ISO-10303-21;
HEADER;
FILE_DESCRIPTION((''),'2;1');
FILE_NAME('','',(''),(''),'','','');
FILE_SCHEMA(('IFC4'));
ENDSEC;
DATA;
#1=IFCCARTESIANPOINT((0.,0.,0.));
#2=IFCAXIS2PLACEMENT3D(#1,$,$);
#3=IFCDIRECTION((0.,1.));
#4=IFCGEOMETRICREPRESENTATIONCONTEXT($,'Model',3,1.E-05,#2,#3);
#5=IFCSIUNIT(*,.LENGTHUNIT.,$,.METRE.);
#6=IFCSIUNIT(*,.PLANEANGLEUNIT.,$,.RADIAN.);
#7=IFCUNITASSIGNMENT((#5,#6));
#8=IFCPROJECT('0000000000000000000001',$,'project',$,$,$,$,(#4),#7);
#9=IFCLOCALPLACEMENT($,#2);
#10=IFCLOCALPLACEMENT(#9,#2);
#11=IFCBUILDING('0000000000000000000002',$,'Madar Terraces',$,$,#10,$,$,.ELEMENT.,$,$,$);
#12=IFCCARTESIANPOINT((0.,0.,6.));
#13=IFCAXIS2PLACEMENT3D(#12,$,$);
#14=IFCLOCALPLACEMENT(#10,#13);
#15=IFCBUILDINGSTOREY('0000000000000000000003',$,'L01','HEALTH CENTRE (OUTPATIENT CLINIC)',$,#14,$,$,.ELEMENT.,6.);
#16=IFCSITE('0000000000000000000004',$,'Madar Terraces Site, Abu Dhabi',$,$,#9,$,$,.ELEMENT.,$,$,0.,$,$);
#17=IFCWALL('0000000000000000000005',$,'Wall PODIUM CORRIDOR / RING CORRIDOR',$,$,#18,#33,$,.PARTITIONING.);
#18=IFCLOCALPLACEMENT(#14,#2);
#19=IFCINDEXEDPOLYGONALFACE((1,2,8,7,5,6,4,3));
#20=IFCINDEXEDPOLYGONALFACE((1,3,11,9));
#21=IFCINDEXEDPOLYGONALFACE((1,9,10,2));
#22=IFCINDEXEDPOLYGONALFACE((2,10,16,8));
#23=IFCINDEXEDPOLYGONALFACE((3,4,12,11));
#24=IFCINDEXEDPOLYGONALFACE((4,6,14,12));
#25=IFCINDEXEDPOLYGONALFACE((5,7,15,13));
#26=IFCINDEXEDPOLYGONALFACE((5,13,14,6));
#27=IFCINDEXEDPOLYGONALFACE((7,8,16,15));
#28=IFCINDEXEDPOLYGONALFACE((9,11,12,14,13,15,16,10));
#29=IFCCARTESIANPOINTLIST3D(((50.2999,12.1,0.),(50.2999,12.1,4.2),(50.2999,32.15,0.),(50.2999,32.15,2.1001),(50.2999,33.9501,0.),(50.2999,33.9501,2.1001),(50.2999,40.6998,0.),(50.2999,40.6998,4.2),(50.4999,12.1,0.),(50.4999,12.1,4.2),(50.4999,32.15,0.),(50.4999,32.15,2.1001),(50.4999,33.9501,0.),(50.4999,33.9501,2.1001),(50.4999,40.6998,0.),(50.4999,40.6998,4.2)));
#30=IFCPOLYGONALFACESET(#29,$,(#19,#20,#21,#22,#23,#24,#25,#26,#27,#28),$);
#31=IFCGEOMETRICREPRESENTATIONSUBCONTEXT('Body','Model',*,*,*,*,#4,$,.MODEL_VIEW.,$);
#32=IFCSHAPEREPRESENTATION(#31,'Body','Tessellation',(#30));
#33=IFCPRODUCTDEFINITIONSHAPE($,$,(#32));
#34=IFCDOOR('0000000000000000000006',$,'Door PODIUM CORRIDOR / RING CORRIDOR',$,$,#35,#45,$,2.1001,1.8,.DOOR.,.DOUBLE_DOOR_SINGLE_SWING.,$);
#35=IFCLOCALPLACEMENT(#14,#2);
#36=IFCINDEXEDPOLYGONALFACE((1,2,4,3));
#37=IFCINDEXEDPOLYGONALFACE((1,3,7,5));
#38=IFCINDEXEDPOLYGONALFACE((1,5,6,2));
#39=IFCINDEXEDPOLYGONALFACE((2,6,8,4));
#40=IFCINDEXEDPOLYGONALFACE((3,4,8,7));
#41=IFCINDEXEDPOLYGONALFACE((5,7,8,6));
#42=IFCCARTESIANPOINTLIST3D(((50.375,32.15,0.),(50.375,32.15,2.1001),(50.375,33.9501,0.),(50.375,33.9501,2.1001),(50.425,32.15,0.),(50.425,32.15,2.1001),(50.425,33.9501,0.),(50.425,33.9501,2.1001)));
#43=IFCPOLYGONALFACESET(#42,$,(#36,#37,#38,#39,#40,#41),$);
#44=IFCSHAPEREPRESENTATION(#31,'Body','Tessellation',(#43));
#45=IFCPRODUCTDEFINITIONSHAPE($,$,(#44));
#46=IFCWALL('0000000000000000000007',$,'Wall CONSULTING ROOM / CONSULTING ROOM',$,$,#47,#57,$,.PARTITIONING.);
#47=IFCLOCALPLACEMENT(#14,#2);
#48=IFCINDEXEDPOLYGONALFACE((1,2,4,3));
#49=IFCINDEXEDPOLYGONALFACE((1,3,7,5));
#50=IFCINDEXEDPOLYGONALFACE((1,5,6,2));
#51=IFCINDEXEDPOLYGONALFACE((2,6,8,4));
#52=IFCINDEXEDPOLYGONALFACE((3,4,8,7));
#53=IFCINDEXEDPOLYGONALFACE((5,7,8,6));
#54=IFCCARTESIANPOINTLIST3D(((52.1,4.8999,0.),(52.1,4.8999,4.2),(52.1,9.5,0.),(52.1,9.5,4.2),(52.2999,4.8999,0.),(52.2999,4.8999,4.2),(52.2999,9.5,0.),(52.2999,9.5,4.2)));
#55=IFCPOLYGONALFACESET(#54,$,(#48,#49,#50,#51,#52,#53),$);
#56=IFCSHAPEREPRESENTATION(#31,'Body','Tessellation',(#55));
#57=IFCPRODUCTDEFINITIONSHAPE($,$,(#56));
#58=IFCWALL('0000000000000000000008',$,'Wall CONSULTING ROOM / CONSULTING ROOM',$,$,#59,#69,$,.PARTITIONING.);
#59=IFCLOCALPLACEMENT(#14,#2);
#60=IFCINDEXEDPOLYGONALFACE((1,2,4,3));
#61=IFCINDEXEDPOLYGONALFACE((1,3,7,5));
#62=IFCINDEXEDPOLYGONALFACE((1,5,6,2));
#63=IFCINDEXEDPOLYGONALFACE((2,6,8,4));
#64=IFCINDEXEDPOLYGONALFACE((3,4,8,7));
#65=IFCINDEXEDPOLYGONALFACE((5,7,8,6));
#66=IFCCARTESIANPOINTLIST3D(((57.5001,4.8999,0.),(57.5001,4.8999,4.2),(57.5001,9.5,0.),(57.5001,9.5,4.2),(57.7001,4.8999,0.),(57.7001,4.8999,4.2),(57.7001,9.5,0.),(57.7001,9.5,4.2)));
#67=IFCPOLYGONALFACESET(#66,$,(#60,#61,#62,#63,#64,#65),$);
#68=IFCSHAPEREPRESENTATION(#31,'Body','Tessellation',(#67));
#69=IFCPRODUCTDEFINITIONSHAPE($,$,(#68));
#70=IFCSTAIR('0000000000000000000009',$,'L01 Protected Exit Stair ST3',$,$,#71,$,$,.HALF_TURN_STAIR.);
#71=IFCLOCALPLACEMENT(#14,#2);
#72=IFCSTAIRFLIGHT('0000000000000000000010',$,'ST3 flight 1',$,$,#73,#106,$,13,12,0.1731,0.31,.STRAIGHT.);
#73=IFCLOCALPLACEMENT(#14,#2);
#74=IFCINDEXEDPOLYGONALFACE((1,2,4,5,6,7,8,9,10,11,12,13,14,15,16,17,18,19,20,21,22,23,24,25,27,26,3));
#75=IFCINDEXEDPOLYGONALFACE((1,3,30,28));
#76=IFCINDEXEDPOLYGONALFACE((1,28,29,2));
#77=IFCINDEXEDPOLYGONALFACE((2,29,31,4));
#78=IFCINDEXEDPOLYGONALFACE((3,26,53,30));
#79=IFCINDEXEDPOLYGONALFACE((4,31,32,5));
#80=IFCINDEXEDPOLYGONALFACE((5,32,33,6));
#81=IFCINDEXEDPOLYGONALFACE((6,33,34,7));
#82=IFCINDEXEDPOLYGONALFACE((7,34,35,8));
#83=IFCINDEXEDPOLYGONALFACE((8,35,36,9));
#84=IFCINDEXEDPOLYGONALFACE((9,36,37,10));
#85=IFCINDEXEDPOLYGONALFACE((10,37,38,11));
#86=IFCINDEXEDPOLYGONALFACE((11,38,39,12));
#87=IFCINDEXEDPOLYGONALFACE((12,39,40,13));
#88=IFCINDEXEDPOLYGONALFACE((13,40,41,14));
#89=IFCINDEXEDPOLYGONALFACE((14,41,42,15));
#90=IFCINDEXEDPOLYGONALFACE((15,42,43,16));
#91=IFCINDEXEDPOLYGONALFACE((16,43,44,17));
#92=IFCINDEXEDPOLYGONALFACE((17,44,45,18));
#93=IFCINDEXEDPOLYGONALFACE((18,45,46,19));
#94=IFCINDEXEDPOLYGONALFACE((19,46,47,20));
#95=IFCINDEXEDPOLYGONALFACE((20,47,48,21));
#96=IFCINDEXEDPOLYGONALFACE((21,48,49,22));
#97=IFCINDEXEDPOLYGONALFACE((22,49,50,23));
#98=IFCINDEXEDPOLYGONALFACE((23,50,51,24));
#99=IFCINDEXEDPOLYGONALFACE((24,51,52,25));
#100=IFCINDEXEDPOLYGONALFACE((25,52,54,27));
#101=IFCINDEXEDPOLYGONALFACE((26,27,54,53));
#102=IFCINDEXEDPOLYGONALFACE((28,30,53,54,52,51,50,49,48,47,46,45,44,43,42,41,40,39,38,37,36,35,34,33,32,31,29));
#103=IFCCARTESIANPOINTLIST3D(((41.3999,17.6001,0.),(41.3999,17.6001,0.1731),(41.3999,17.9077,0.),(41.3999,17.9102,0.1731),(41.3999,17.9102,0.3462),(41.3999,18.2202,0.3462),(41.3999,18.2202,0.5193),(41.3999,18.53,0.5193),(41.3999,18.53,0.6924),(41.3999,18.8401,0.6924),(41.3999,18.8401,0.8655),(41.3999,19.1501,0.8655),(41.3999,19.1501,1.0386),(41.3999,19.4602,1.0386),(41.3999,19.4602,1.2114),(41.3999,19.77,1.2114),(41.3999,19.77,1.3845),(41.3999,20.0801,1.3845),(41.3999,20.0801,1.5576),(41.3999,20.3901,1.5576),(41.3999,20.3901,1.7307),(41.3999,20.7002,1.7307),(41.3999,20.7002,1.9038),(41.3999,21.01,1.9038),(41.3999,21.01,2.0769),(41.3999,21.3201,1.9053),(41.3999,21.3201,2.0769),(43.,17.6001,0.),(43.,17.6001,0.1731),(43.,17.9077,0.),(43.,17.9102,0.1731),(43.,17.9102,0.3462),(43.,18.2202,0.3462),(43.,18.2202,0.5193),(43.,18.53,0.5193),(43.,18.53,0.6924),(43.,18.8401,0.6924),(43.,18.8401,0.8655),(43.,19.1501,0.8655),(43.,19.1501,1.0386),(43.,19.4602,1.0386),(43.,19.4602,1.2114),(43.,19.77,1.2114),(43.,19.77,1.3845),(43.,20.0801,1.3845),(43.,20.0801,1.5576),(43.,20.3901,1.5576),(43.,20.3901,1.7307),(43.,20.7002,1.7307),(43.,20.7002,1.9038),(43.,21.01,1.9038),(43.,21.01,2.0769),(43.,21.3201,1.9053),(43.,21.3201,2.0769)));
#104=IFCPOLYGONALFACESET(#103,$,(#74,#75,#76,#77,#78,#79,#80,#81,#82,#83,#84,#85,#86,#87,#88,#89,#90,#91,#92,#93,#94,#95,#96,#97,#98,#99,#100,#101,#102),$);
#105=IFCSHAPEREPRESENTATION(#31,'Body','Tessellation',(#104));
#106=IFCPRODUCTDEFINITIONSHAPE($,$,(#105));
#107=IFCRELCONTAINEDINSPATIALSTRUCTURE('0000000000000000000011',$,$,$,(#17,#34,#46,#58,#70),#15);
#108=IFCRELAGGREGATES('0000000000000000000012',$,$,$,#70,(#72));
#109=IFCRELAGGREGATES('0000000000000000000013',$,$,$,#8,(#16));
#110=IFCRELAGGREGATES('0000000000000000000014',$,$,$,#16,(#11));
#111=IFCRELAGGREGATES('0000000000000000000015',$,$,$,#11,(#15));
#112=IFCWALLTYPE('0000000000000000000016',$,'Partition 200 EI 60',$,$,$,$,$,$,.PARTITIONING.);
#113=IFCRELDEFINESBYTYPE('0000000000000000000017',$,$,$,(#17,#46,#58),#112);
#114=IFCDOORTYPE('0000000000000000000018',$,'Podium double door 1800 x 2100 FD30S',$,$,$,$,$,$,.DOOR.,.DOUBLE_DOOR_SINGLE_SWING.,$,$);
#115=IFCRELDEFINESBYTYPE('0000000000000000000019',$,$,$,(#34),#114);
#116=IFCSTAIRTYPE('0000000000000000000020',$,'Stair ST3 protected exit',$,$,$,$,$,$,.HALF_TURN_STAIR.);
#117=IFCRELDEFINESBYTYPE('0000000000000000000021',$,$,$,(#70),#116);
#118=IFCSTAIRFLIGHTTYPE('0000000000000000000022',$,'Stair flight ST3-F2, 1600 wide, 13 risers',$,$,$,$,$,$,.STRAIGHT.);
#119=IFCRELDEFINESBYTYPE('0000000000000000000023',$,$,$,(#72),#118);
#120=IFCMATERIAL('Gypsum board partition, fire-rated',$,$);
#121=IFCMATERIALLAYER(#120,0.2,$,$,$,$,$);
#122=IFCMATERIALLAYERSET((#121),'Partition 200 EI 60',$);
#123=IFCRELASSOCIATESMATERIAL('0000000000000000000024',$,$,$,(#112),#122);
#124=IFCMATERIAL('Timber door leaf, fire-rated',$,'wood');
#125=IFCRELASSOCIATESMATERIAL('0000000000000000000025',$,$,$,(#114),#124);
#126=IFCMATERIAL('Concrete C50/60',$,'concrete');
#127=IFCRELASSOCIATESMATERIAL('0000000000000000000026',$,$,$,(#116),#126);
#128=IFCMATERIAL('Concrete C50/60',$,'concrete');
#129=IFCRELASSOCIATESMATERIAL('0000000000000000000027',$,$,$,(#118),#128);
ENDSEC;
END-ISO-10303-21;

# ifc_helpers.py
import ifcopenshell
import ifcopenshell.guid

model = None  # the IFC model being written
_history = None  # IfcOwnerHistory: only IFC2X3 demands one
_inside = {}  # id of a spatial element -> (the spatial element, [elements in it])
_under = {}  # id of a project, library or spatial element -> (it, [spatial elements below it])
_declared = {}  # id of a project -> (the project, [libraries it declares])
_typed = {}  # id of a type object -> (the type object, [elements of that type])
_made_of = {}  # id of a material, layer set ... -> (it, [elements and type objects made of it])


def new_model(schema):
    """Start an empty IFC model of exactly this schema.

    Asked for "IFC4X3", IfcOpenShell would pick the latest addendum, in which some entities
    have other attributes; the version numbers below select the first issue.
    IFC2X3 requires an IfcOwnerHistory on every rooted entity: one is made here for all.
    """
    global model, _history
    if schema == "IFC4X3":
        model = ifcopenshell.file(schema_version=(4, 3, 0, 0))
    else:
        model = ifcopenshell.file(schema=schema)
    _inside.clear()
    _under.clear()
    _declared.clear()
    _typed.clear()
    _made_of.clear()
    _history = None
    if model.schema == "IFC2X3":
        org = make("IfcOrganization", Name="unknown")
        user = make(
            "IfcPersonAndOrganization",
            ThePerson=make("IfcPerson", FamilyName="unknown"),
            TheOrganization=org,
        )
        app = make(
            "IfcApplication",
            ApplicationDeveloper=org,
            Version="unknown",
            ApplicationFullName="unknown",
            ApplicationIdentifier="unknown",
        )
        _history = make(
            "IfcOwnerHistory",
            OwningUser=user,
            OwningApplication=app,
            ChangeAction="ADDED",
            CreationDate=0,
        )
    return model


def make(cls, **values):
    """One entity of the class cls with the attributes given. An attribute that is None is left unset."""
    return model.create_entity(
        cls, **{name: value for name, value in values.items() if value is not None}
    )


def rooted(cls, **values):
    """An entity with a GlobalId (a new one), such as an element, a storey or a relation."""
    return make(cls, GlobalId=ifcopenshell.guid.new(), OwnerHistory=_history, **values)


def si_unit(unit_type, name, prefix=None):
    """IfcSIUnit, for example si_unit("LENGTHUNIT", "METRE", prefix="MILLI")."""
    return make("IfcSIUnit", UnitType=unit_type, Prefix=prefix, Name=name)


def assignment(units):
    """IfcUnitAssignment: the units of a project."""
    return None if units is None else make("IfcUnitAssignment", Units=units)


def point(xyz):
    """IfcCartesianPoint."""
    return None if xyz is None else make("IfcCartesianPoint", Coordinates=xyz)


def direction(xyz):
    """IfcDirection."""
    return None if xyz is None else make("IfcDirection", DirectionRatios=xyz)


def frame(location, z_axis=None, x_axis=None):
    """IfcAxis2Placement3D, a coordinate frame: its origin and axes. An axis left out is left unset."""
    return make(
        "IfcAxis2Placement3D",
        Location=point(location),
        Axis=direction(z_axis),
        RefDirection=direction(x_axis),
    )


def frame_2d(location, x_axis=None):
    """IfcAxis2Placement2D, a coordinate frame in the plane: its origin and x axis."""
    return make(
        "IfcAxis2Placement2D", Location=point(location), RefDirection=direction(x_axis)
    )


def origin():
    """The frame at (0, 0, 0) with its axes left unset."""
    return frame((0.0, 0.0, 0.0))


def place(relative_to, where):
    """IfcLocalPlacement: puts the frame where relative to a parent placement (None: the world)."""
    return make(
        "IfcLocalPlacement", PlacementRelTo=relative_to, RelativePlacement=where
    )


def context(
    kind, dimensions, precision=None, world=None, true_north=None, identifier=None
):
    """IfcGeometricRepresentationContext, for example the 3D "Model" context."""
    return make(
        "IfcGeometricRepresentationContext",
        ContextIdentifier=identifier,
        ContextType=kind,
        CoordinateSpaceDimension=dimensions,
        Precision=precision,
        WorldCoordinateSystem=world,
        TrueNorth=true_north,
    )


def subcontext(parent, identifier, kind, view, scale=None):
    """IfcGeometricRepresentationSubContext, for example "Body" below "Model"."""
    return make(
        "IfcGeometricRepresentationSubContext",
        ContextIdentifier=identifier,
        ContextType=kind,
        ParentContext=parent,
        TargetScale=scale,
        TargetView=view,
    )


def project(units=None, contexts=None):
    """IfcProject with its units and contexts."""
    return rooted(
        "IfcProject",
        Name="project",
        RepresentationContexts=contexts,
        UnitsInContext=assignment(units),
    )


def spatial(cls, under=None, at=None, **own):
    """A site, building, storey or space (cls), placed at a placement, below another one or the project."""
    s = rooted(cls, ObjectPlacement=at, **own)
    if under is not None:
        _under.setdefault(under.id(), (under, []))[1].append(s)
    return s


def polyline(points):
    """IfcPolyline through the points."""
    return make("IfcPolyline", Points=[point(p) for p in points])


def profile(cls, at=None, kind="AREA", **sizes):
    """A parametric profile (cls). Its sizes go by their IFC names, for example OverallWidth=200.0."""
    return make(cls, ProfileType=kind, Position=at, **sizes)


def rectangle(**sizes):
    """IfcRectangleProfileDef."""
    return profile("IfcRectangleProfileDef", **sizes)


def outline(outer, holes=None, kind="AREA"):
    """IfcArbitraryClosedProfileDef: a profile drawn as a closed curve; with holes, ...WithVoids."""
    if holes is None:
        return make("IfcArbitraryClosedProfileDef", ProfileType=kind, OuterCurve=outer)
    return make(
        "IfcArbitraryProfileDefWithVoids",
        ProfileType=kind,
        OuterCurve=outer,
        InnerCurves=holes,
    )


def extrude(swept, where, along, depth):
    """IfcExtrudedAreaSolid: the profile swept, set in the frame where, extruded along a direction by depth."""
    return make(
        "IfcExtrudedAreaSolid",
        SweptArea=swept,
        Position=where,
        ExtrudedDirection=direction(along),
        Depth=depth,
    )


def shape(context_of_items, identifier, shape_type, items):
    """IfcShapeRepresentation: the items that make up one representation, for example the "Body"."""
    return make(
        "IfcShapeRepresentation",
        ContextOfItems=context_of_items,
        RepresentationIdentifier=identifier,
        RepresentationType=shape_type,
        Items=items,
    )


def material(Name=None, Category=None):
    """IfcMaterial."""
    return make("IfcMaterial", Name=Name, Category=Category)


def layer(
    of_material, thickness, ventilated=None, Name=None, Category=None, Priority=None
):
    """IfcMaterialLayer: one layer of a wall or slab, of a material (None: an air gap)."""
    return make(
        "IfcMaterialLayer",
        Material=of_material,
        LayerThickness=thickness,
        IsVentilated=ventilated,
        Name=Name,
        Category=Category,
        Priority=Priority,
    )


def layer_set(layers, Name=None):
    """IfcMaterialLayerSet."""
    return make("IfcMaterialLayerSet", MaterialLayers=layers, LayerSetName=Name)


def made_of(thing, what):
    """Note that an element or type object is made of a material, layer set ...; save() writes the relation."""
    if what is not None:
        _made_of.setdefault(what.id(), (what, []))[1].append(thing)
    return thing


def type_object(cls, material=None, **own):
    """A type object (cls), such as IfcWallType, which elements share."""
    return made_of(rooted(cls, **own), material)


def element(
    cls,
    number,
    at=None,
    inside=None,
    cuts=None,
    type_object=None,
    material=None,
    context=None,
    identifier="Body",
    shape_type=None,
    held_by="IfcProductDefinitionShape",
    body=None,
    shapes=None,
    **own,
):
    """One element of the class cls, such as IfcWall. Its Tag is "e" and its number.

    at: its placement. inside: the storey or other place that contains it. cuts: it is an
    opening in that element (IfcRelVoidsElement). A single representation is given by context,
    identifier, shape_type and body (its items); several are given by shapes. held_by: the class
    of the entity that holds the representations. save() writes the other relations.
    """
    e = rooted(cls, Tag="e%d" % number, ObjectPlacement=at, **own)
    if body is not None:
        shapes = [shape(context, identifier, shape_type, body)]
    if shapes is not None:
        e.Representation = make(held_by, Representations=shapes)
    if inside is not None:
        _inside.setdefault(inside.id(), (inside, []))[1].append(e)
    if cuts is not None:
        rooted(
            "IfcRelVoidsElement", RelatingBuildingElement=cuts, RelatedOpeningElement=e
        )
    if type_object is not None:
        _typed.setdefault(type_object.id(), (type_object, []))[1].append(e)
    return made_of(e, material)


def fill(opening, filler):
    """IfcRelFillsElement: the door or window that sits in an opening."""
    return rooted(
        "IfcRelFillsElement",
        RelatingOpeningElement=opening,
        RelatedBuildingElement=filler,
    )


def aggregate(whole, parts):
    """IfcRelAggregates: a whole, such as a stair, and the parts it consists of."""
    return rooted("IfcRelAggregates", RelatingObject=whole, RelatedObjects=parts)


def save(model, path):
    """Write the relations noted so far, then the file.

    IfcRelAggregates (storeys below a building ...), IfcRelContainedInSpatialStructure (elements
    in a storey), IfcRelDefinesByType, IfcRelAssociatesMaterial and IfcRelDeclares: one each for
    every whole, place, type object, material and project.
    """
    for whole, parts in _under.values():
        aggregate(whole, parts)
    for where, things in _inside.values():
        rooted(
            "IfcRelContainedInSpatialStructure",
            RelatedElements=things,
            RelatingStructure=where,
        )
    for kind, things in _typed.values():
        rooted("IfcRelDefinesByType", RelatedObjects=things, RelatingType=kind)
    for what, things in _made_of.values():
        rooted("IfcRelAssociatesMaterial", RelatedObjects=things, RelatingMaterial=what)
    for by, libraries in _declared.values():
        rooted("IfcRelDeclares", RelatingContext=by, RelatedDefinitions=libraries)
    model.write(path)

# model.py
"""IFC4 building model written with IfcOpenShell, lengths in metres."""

from ifc_helpers import new_model, si_unit, direction, frame, frame_2d, origin, place, context, subcontext, project, spatial, polyline, rectangle, outline, extrude, material, layer, layer_set, type_object, element, fill, aggregate, save


model = new_model("IFC4")

# Units and contexts
model_context = context("Model", 3, precision=1e-05, world=origin(), true_north=direction((0.0, 1.0)))
body_context = subcontext(model_context, "Body", "Model", "MODEL_VIEW")
ifc_project = project(units=[si_unit("LENGTHUNIT", "METRE"), si_unit("PLANEANGLEUNIT", "RADIAN")], contexts=[model_context])

# Site, building, storey
site_placement = place(None, origin())
site = spatial("IfcSite", under=ifc_project, at=site_placement, Name="Madar Terraces Site, Abu Dhabi", CompositionType="ELEMENT", RefElevation=0.0)
building_placement = place(site_placement, origin())
building = spatial("IfcBuilding", under=site, at=building_placement, Name="Madar Terraces", CompositionType="ELEMENT")
storey_placement = place(building_placement, frame((0.0, 0.0, 6.0)))
storey = spatial("IfcBuildingStorey", under=building, at=storey_placement, Name="L01", Description="HEALTH CENTRE (OUTPATIENT CLINIC)", CompositionType="ELEMENT", Elevation=6.0)

# Shared definitions
ifc_material_1 = material(Name="Gypsum board partition, fire-rated")
ifc_layer_1 = layer(ifc_material_1, 0.2)
ifc_layer_set_1 = layer_set([ifc_layer_1], Name="Partition 200 EI 60")
wall_type_1 = type_object("IfcWallType", Name="Partition 200 EI 60", PredefinedType="PARTITIONING", material=ifc_layer_set_1)

# Wall, opening, door
wall_1_placement = place(storey_placement, frame((50.3999, 12.1001, 0.0), z_axis=(0.0, 0.0, 1.0), x_axis=(0.0, 1.0, 0.0)))
wall_1 = element("IfcWall", 1, at=wall_1_placement, inside=storey, type_object=wall_type_1, Name="Wall PODIUM CORRIDOR / RING CORRIDOR", PredefinedType="PARTITIONING", context=body_context, shape_type="SweptSolid", body=[
    extrude(rectangle(XDim=28.5999, YDim=0.2, at=frame_2d((14.2998, 0.0))), origin(), (0.0, 0.0, 1.0), 4.2),
])
opening_1_placement = place(wall_1_placement, frame((20.05, 0.0, 0.0)))
opening_1 = element("IfcOpeningElement", 2, at=opening_1_placement, cuts=wall_1, PredefinedType="OPENING", context=body_context, shape_type="SweptSolid", body=[
    extrude(rectangle(XDim=1.8, YDim=2.1001, at=frame_2d((0.8999, 1.05))), frame((0.0, 0.1099, 0.0), z_axis=(0.0, -1.0, 0.0), x_axis=(1.0, 0.0, 0.0)), (0.0, 0.0, 1.0), 0.22),
])
ifc_material_2 = material(Name="Timber door leaf, fire-rated", Category="wood")
door_type_1 = type_object("IfcDoorType", Name="Podium double door 1800 x 2100 FD30S", OperationType="DOUBLE_DOOR_SINGLE_SWING", PredefinedType="DOOR", material=ifc_material_2)
door_1_placement = place(opening_1_placement, origin())
door_1 = element("IfcDoor", 3, at=door_1_placement, inside=storey, type_object=door_type_1, Name="Door PODIUM CORRIDOR / RING CORRIDOR", OperationType="DOUBLE_DOOR_SINGLE_SWING", OverallHeight=2.1001, OverallWidth=1.8, PredefinedType="DOOR", context=body_context, shape_type="SweptSolid", body=[
    extrude(rectangle(XDim=1.8, YDim=2.1001, at=frame_2d((0.8999, 1.05))), frame((0.0, 0.0249, 0.0), z_axis=(0.0, -1.0, 0.0), x_axis=(1.0, 0.0, 0.0)), (0.0, 0.0, 1.0), 0.05),
])
fill(opening_1, door_1)

# Walls
for number, where, z_axis, x_axis, name in (
    (4, (52.2, 4.8999, 0.0), (0.0, 0.0, 1.0), (0.0, 1.0, 0.0), "Wall CONSULTING ROOM / CONSULTING ROOM"),
    (5, (57.6001, 4.8999, 0.0), (0.0, 0.0, 1.0), (0.0, 1.0, 0.0), "Wall CONSULTING ROOM / CONSULTING ROOM"),
):
    element("IfcWall", number, at=place(storey_placement, frame(where, z_axis=z_axis, x_axis=x_axis)), inside=storey, type_object=wall_type_1, Name=name, PredefinedType="PARTITIONING", context=body_context, shape_type="SweptSolid", body=[
        extrude(rectangle(XDim=4.6001, YDim=0.2, at=frame_2d((2.3, 0.0))), origin(), (0.0, 0.0, 1.0), 4.2),
    ])

# Stair, stair flight
ifc_material_3 = material(Name="Concrete C50/60", Category="concrete")
stair_type = type_object("IfcStairType", Name="Stair ST3 protected exit", PredefinedType="HALF_TURN_STAIR", material=ifc_material_3)
stair_placement = place(storey_placement, origin())
stair = element("IfcStair", 6, at=stair_placement, inside=storey, type_object=stair_type, Name="L01 Protected Exit Stair ST3", PredefinedType="HALF_TURN_STAIR")
ifc_material_4 = material(Name="Concrete C50/60", Category="concrete")
stair_flight_type = type_object("IfcStairFlightType", Name="Stair flight ST3-F2, 1600 wide, 13 risers", PredefinedType="STRAIGHT", material=ifc_material_4)
stair_flight_placement = place(storey_placement, frame((42.2, 17.6001, 0.0), z_axis=(0.0, 0.0, 1.0), x_axis=(0.0, 1.0, 0.0)))
stair_flight = element("IfcStairFlight", 7, at=stair_flight_placement, type_object=stair_flight_type, Name="ST3 flight 1", NumberOfRisers=13, NumberOfTreads=12, PredefinedType="STRAIGHT", RiserHeight=0.1731, TreadLength=0.31, context=body_context, shape_type="SweptSolid", body=[
    extrude(outline(polyline([(0.0, 0.0), (0.0, 0.1731), (0.3101, 0.1731), (0.3101, 0.3462), (0.6201, 0.3462), (0.6201, 0.5193), (0.9299, 0.5193), (0.9299, 0.6924), (1.24, 0.6924), (1.24, 0.8655), (1.55, 0.8655), (1.55, 1.0386), (1.8601, 1.0386), (1.8601, 1.2114), (2.1699, 1.2114), (2.1699, 1.3845), (2.48, 1.3845), (2.48, 1.5576), (2.79, 1.5576), (2.79, 1.7307), (3.1001, 1.7307), (3.1001, 1.9038), (3.4099, 1.9038), (3.4099, 2.0769), (3.72, 2.0769), (3.72, 2.25), (3.72, 1.9053), (0.3076, 0.0), (0.0, 0.0)])), frame((0.0, 0.8, 0.0), z_axis=(0.0, -1.0, 0.0), x_axis=(1.0, 0.0, 0.0)), (0.0, 0.0, 1.0), 1.6001),
])
aggregate(stair, [stair_flight])

save(model, "model.ifc")
